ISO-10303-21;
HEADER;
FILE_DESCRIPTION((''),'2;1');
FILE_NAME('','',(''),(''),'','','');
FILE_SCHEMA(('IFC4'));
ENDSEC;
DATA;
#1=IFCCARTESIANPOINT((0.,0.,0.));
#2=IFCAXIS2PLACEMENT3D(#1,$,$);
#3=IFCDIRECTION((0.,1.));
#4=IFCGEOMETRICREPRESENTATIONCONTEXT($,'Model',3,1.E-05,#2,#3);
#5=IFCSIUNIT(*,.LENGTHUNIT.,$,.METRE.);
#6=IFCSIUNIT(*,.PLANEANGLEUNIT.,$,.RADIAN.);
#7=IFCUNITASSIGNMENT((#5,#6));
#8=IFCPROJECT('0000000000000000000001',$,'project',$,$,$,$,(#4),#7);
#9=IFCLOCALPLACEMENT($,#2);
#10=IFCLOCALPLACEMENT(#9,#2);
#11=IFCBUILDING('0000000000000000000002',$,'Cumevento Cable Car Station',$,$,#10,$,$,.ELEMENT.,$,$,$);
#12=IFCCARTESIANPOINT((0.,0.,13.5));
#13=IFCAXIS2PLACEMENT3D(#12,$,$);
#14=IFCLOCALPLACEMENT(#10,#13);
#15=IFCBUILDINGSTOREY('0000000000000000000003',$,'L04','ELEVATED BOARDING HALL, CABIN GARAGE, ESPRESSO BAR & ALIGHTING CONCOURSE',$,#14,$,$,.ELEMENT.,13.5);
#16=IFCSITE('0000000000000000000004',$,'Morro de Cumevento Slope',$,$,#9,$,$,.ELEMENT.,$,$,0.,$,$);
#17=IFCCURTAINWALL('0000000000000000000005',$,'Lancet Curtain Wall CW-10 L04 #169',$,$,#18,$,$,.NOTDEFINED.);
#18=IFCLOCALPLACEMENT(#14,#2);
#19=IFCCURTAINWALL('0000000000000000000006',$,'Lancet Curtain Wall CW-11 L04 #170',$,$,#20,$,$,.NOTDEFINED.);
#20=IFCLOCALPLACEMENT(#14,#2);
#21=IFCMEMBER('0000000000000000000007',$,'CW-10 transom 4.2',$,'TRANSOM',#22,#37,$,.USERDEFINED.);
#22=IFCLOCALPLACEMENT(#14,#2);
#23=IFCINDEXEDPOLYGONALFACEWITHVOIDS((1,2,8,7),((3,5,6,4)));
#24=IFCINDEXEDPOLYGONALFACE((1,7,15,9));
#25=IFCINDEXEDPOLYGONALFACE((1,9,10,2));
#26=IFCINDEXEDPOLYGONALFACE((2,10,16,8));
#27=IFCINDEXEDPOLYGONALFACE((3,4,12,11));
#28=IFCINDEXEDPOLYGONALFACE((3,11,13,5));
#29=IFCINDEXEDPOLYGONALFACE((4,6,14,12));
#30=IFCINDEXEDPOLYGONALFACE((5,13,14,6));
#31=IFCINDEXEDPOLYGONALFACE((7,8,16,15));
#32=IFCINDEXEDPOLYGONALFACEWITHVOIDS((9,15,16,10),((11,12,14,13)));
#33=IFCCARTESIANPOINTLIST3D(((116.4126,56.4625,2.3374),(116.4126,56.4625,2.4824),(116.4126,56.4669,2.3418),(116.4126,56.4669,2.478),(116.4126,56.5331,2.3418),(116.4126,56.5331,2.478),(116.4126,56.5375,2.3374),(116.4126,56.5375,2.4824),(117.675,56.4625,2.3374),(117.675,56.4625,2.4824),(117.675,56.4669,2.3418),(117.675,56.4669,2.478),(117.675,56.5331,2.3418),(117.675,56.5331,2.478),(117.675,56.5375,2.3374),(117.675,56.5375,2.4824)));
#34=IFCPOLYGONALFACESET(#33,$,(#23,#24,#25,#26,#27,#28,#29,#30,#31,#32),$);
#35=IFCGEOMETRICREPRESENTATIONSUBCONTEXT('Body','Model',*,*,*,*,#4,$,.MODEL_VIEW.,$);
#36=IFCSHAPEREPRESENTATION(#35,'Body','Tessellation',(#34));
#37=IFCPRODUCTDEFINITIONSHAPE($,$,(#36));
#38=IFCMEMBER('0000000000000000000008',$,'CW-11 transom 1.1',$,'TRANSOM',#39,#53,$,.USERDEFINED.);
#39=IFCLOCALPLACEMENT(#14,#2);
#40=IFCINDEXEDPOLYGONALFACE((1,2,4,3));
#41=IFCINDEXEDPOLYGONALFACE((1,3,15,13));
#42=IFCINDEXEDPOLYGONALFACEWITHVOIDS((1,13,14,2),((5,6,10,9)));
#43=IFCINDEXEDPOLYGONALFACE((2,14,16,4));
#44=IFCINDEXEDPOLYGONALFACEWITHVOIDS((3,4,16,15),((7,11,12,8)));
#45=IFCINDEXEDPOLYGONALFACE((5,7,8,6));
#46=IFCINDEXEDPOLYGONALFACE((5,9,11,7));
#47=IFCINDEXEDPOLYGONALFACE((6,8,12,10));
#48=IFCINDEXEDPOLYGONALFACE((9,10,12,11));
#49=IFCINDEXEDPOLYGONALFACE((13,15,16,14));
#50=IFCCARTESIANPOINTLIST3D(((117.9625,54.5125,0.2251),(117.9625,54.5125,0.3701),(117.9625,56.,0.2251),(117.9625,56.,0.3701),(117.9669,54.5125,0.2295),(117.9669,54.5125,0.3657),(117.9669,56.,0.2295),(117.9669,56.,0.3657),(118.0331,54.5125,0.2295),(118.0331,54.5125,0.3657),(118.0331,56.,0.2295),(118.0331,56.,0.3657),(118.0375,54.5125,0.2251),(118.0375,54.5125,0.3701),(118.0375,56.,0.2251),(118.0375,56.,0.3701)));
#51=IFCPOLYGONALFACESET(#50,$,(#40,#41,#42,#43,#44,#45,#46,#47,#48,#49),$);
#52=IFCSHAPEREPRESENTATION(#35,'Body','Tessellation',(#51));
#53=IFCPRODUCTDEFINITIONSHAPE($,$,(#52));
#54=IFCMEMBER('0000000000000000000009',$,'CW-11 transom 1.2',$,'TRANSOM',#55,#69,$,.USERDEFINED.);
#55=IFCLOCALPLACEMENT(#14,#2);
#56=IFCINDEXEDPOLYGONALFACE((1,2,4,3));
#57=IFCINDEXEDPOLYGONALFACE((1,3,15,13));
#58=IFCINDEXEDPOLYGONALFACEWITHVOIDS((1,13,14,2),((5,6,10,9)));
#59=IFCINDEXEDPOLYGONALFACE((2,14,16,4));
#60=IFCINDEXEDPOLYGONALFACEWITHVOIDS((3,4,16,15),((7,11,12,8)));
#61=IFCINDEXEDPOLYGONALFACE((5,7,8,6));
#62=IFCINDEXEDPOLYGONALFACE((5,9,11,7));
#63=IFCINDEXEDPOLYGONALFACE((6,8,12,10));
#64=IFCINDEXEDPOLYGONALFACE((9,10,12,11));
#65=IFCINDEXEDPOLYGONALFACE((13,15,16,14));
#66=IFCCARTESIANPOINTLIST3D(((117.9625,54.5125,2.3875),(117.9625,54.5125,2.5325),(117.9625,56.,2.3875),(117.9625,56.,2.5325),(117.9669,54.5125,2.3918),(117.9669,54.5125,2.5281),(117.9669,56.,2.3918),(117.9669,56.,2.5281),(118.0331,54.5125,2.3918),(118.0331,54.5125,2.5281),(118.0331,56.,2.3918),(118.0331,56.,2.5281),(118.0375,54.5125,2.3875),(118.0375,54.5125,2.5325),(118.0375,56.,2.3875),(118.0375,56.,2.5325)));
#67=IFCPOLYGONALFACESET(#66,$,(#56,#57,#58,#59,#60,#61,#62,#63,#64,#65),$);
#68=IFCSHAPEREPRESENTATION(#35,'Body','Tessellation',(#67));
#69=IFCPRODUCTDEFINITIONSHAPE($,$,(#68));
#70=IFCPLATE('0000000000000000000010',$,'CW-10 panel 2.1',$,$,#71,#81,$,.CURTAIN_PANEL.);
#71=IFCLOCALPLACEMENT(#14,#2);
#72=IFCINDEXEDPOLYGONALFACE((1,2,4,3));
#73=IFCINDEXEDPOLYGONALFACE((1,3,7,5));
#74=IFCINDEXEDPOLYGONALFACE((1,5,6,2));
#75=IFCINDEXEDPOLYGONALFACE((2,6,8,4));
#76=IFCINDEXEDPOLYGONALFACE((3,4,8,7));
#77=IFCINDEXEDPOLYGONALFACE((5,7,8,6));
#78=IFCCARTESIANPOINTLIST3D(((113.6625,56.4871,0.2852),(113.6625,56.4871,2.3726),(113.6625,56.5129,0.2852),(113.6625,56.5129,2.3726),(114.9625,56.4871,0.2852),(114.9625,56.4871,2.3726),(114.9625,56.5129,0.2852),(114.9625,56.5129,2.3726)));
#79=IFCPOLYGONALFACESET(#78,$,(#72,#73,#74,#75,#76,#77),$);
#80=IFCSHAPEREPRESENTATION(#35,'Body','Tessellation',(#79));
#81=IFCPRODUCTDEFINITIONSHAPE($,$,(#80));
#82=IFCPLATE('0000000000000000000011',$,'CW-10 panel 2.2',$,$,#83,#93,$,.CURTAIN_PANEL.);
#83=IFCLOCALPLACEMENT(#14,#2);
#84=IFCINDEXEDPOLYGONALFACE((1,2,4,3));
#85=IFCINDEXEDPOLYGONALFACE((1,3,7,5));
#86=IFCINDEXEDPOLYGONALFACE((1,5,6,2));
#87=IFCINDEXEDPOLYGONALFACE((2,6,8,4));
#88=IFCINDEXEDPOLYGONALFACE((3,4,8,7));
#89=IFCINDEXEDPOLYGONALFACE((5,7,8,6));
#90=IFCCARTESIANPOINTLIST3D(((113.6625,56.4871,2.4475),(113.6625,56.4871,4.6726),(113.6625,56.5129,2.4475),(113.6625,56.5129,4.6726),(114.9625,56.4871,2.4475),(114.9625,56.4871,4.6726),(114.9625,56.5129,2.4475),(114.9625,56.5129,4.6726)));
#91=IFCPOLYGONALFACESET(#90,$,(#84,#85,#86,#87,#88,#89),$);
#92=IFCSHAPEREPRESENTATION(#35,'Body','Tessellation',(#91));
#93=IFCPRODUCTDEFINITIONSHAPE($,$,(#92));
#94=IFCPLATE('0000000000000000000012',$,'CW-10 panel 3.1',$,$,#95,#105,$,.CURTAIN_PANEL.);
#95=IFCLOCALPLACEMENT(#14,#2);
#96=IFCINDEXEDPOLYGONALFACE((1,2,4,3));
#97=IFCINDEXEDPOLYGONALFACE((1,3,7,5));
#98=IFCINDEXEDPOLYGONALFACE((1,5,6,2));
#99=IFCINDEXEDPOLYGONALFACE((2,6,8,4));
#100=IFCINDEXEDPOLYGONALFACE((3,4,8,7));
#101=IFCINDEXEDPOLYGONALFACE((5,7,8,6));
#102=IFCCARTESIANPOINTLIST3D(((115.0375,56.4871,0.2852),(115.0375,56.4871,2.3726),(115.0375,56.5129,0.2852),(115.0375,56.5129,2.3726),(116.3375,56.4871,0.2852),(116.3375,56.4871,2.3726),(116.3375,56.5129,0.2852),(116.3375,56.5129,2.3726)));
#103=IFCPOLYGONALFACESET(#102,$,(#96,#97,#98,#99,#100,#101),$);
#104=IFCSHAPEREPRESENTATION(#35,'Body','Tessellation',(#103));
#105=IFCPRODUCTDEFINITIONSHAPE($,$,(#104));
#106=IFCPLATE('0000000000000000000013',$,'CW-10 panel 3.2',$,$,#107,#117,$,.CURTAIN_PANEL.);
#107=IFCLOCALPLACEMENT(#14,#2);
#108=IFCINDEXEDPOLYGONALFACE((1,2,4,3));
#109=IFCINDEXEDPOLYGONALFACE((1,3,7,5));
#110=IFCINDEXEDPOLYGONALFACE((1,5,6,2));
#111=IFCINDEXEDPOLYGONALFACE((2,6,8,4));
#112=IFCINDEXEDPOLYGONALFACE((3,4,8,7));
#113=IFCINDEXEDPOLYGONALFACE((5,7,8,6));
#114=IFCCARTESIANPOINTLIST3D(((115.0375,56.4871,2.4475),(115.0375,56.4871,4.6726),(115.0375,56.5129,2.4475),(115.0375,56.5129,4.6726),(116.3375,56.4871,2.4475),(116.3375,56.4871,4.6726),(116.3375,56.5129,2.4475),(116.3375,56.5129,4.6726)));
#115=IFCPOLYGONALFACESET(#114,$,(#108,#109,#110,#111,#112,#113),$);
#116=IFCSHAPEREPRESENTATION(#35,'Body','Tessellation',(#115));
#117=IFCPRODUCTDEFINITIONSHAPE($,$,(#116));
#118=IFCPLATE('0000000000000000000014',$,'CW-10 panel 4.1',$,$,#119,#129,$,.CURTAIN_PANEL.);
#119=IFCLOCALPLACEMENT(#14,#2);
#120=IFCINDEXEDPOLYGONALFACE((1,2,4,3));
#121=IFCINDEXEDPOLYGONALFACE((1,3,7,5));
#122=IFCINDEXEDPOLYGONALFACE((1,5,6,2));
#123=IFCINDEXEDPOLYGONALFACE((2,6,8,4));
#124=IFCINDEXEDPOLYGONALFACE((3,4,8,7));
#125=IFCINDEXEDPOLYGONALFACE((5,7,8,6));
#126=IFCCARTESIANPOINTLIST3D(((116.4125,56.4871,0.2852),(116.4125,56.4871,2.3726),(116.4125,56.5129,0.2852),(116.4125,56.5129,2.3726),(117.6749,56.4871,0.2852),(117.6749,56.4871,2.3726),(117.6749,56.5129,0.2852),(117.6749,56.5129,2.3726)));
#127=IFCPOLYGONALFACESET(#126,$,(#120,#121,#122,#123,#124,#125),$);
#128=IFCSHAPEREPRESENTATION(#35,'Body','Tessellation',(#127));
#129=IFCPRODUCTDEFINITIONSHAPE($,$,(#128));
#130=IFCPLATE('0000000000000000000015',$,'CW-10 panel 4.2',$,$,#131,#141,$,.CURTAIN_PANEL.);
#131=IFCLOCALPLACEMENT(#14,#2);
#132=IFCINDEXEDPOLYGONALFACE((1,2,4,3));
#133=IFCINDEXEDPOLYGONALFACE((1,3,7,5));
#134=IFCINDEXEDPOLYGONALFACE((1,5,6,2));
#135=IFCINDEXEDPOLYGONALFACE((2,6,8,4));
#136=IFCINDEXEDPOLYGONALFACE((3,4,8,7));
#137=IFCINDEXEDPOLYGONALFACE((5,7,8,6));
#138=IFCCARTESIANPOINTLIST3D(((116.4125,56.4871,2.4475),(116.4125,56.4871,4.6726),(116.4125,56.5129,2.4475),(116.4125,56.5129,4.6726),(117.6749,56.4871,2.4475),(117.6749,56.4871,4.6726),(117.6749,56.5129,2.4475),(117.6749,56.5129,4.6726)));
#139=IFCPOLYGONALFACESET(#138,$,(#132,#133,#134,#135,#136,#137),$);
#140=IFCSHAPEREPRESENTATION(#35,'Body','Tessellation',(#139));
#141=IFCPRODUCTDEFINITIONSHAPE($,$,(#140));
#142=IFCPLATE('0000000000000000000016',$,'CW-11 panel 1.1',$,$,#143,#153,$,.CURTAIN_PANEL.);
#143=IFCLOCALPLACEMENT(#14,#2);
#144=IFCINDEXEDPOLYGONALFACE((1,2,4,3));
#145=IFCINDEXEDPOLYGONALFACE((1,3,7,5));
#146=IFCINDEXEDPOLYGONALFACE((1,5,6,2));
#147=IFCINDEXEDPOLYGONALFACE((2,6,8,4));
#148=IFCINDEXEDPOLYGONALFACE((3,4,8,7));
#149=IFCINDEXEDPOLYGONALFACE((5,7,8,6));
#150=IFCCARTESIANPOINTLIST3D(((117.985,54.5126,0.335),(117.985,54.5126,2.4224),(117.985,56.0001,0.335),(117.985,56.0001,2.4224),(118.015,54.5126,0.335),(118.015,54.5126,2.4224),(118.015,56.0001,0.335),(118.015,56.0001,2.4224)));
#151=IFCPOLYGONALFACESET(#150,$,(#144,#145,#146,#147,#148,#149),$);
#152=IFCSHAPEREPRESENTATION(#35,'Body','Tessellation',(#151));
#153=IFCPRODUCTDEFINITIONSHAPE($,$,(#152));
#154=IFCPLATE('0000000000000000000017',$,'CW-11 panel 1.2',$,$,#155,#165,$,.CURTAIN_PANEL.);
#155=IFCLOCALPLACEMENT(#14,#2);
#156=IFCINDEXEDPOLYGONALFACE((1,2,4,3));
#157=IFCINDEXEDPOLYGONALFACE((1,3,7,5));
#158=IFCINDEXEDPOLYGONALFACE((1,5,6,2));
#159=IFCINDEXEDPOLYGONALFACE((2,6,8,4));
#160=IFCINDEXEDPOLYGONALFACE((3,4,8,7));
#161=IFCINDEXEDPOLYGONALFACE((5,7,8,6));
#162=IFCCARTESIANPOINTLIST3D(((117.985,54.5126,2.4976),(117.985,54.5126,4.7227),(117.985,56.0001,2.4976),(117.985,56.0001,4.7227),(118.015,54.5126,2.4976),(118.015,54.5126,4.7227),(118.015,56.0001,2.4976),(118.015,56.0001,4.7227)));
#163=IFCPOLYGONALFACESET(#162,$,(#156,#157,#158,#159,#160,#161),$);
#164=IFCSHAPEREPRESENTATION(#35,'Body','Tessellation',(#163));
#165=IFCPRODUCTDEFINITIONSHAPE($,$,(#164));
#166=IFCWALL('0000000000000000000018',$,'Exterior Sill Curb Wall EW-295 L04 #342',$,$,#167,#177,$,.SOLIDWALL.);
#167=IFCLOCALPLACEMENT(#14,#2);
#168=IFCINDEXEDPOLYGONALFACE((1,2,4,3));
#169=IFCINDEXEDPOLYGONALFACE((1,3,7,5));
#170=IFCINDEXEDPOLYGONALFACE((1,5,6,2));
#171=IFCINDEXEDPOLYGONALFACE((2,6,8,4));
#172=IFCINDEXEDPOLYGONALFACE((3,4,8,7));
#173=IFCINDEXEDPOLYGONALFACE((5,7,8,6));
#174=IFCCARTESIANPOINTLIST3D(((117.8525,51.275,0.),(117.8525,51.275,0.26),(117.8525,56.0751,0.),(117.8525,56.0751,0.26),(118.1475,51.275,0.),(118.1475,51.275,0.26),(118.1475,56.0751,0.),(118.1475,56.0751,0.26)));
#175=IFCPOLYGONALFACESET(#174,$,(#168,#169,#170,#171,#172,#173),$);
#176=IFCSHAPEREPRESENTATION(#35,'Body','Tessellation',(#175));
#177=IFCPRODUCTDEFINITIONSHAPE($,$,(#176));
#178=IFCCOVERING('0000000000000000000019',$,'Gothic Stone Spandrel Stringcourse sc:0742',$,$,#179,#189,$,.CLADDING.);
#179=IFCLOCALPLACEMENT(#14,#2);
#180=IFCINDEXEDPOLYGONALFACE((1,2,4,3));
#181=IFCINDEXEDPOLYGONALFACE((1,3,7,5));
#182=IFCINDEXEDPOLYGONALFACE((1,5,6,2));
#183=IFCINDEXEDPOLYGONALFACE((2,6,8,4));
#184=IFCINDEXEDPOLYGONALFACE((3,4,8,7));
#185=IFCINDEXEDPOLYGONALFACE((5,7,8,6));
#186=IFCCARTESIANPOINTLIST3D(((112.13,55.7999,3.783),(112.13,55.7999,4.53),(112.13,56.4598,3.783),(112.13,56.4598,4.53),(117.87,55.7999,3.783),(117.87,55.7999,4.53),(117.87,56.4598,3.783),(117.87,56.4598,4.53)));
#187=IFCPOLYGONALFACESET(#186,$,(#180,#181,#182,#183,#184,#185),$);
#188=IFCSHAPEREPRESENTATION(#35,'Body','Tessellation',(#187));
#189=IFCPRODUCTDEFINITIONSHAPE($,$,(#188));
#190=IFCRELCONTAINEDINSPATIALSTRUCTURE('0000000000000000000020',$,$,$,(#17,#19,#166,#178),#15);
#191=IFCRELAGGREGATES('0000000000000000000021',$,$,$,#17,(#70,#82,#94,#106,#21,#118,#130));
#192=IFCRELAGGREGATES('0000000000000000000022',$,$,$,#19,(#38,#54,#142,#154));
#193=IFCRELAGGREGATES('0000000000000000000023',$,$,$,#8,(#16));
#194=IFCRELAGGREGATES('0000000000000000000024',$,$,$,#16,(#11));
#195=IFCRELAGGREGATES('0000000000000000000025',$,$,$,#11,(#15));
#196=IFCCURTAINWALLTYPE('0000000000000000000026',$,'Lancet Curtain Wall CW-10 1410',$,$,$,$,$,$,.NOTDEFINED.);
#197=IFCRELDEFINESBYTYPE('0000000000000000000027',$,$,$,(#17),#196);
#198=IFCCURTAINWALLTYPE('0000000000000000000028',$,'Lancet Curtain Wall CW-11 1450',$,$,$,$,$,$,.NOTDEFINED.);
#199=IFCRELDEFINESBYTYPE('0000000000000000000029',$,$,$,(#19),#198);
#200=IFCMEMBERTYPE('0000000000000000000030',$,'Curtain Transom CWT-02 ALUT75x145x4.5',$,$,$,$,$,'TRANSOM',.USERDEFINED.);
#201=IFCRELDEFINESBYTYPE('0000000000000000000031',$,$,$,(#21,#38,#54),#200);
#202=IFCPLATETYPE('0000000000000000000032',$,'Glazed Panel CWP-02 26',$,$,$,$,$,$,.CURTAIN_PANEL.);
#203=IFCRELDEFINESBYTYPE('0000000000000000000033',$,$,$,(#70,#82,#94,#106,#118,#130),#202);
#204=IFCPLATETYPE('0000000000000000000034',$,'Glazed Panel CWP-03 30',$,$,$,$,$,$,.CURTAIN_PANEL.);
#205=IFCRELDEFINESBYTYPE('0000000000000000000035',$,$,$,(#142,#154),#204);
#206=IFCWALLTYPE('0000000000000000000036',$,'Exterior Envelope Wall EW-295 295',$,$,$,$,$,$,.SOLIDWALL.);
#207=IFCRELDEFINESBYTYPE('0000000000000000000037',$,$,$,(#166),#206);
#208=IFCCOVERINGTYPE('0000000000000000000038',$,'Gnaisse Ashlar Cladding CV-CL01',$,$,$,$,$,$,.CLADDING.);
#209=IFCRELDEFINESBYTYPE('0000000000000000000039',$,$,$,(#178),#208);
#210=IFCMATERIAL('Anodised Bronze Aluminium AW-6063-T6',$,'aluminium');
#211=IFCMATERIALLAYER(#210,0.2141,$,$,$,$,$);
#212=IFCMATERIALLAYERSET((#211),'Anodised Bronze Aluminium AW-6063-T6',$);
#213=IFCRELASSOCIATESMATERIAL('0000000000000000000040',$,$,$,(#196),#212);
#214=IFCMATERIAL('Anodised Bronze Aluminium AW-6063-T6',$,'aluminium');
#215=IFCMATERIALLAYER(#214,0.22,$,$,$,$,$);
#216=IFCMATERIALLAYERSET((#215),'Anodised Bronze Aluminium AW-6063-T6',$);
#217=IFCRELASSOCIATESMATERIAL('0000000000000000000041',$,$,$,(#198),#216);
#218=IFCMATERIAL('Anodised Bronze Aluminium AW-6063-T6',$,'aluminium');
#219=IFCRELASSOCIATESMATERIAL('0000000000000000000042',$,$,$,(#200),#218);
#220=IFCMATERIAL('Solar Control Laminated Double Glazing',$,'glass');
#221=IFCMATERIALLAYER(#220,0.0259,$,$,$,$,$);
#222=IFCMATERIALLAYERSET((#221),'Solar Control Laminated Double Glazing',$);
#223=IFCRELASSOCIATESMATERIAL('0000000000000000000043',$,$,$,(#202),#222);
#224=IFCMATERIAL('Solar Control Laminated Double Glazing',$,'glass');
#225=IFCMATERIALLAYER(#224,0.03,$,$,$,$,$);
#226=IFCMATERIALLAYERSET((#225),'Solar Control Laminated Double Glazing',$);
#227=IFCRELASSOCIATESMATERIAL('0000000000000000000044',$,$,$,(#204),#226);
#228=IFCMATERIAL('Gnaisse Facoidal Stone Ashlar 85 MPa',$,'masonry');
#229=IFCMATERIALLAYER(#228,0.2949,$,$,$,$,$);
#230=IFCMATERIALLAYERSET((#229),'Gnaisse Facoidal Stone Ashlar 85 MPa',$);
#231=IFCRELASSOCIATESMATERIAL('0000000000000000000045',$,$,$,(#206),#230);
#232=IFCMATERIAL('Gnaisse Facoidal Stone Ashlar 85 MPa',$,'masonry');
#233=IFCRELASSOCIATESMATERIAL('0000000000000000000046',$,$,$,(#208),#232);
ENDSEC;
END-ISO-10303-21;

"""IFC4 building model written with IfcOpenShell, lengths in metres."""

from ifc_helpers import new_model, si_unit, direction, frame, frame_2d, origin, origin_2d, place, context, subcontext, project, spatial, rectangle, hollow_rectangle, extrude, material, layer, layer_set, material_profile, profile_set, type_object, element, aggregate, save


model = new_model("IFC4")

# Units and contexts
model_context = context("Model", 3, precision=1e-05, world=origin(), true_north=direction((0.0, 1.0)))
body_context = subcontext(model_context, "Body", "Model", "MODEL_VIEW")
ifc_project = project(units=[si_unit("LENGTHUNIT", "METRE"), si_unit("PLANEANGLEUNIT", "RADIAN")], contexts=[model_context])

# Site, building, storey
site_placement = place(None, origin())
site = spatial("IfcSite", under=ifc_project, at=site_placement, Name="Morro de Cumevento Slope", CompositionType="ELEMENT", RefElevation=0.0)
building_placement = place(site_placement, origin())
building = spatial("IfcBuilding", under=site, at=building_placement, Name="Cumevento Cable Car Station", CompositionType="ELEMENT")
storey_placement = place(building_placement, frame((0.0, 0.0, 13.5)))
storey = spatial("IfcBuildingStorey", under=building, at=storey_placement, Name="L04", Description="ELEVATED BOARDING HALL, CABIN GARAGE, ESPRESSO BAR & ALIGHTING CONCOURSE", CompositionType="ELEMENT", Elevation=13.5)

# Curtain walls
ifc_material_1 = material(Name="Anodised Bronze Aluminium AW-6063-T6", Category="aluminium")
ifc_layer_1 = layer(ifc_material_1, 0.2141)
ifc_layer_set_1 = layer_set([ifc_layer_1], Name="Anodised Bronze Aluminium AW-6063-T6")
curtain_wall_type_1 = type_object("IfcCurtainWallType", Name="Lancet Curtain Wall CW-10 1410", PredefinedType="NOTDEFINED", material=ifc_layer_set_1)
curtain_wall_1_placement = place(storey_placement, origin())
curtain_wall_1 = element("IfcCurtainWall", 1, at=curtain_wall_1_placement, inside=storey, type_object=curtain_wall_type_1, Name="Lancet Curtain Wall CW-10 L04 #169", PredefinedType="NOTDEFINED")
ifc_material_2 = material(Name="Anodised Bronze Aluminium AW-6063-T6", Category="aluminium")
ifc_layer_2 = layer(ifc_material_2, 0.22)
ifc_layer_set_2 = layer_set([ifc_layer_2], Name="Anodised Bronze Aluminium AW-6063-T6")
curtain_wall_type_2 = type_object("IfcCurtainWallType", Name="Lancet Curtain Wall CW-11 1450", PredefinedType="NOTDEFINED", material=ifc_layer_set_2)
curtain_wall_2_placement = place(storey_placement, origin())
curtain_wall_2 = element("IfcCurtainWall", 2, at=curtain_wall_2_placement, inside=storey, type_object=curtain_wall_type_2, Name="Lancet Curtain Wall CW-11 L04 #170", PredefinedType="NOTDEFINED")

# Members
ifc_material_3 = material(Name="Anodised Bronze Aluminium AW-6063-T6", Category="aluminium")
ifc_material_profile_1 = material_profile(ifc_material_3, hollow_rectangle(XDim=0.075, YDim=0.145, WallThickness=0.0044, at=origin_2d()), Name="ALUT75x145x4.5")
ifc_profile_set_1 = profile_set([ifc_material_profile_1], Name="Anodised Bronze Aluminium AW-6063-T6")
member_type_1 = type_object("IfcMemberType", Name="Curtain Transom CWT-02 ALUT75x145x4.5", ElementType="TRANSOM", PredefinedType="USERDEFINED", material=ifc_profile_set_1)
member_1_placement = place(storey_placement, frame((116.4126, 56.5, 2.4099), z_axis=(1.0, 0.0, 0.0), x_axis=(0.0, 1.0, 0.0)))
member_1 = element("IfcMember", 3, at=member_1_placement, type_object=member_type_1, Name="CW-10 transom 4.2", ObjectType="TRANSOM", PredefinedType="USERDEFINED", context=body_context, shape_type="SweptSolid", body=[
    extrude(hollow_rectangle(XDim=0.075, YDim=0.145, WallThickness=0.0044, at=origin_2d()), origin(), (0.0, 0.0, 1.0), 1.2625),
])
member_2_placement = place(storey_placement, frame((118.0, 56.0, 0.2976), z_axis=(0.0, -1.0, 0.0), x_axis=(1.0, 0.0, 0.0)))
member_2 = element("IfcMember", 4, at=member_2_placement, type_object=member_type_1, Name="CW-11 transom 1.1", ObjectType="TRANSOM", PredefinedType="USERDEFINED", context=body_context, shape_type="SweptSolid", body=[
    extrude(hollow_rectangle(XDim=0.075, YDim=0.145, WallThickness=0.0044, at=origin_2d()), origin(), (0.0, 0.0, 1.0), 1.4875),
])
member_3_placement = place(storey_placement, frame((118.0, 56.0, 2.46), z_axis=(0.0, -1.0, 0.0), x_axis=(1.0, 0.0, 0.0)))
member_3 = element("IfcMember", 5, at=member_3_placement, type_object=member_type_1, Name="CW-11 transom 1.2", ObjectType="TRANSOM", PredefinedType="USERDEFINED", context=body_context, shape_type="SweptSolid", body=[
    extrude(hollow_rectangle(XDim=0.075, YDim=0.145, WallThickness=0.0044, at=origin_2d()), origin(), (0.0, 0.0, 1.0), 1.4875),
])

# Plates
ifc_material_4 = material(Name="Solar Control Laminated Double Glazing", Category="glass")
ifc_layer_3 = layer(ifc_material_4, 0.0259)
ifc_layer_set_3 = layer_set([ifc_layer_3], Name="Solar Control Laminated Double Glazing")
plate_type_1 = type_object("IfcPlateType", Name="Glazed Panel CWP-02 26", PredefinedType="CURTAIN_PANEL", material=ifc_layer_set_3)
plate_1_placement = place(storey_placement, frame((114.3125, 56.5, 0.2852), z_axis=(0.0, 0.0, 1.0), x_axis=(1.0, 0.0, 0.0)))
plate_1 = element("IfcPlate", 6, at=plate_1_placement, type_object=plate_type_1, Name="CW-10 panel 2.1", PredefinedType="CURTAIN_PANEL", context=body_context, shape_type="SweptSolid", body=[
    extrude(rectangle(XDim=1.3, YDim=0.0259, at=origin_2d()), origin(), (0.0, 0.0, 1.0), 2.0874),
])
plate_2_placement = place(storey_placement, frame((114.3125, 56.5, 2.4475), z_axis=(0.0, 0.0, 1.0), x_axis=(1.0, 0.0, 0.0)))
plate_2 = element("IfcPlate", 7, at=plate_2_placement, type_object=plate_type_1, Name="CW-10 panel 2.2", PredefinedType="CURTAIN_PANEL", context=body_context, shape_type="SweptSolid", body=[
    extrude(rectangle(XDim=1.3, YDim=0.0259, at=origin_2d()), origin(), (0.0, 0.0, 1.0), 2.2251),
])
plate_3_placement = place(storey_placement, frame((115.6875, 56.5, 0.2852), z_axis=(0.0, 0.0, 1.0), x_axis=(1.0, 0.0, 0.0)))
plate_3 = element("IfcPlate", 8, at=plate_3_placement, type_object=plate_type_1, Name="CW-10 panel 3.1", PredefinedType="CURTAIN_PANEL", context=body_context, shape_type="SweptSolid", body=[
    extrude(rectangle(XDim=1.3, YDim=0.0259, at=origin_2d()), origin(), (0.0, 0.0, 1.0), 2.0874),
])
plate_4_placement = place(storey_placement, frame((115.6875, 56.5, 2.4475), z_axis=(0.0, 0.0, 1.0), x_axis=(1.0, 0.0, 0.0)))
plate_4 = element("IfcPlate", 9, at=plate_4_placement, type_object=plate_type_1, Name="CW-10 panel 3.2", PredefinedType="CURTAIN_PANEL", context=body_context, shape_type="SweptSolid", body=[
    extrude(rectangle(XDim=1.3, YDim=0.0259, at=origin_2d()), origin(), (0.0, 0.0, 1.0), 2.2251),
])
plate_5_placement = place(storey_placement, frame((117.0437, 56.5, 0.2852), z_axis=(0.0, 0.0, 1.0), x_axis=(1.0, 0.0, 0.0)))
plate_5 = element("IfcPlate", 10, at=plate_5_placement, type_object=plate_type_1, Name="CW-10 panel 4.1", PredefinedType="CURTAIN_PANEL", context=body_context, shape_type="SweptSolid", body=[
    extrude(rectangle(XDim=1.2625, YDim=0.0259, at=origin_2d()), origin(), (0.0, 0.0, 1.0), 2.0874),
])
plate_6_placement = place(storey_placement, frame((117.0437, 56.5, 2.4475), z_axis=(0.0, 0.0, 1.0), x_axis=(1.0, 0.0, 0.0)))
plate_6 = element("IfcPlate", 11, at=plate_6_placement, type_object=plate_type_1, Name="CW-10 panel 4.2", PredefinedType="CURTAIN_PANEL", context=body_context, shape_type="SweptSolid", body=[
    extrude(rectangle(XDim=1.2625, YDim=0.0259, at=origin_2d()), origin(), (0.0, 0.0, 1.0), 2.2251),
])
aggregate(curtain_wall_1, [plate_1, plate_2, plate_3, plate_4, member_1, plate_5, plate_6])
ifc_material_5 = material(Name="Solar Control Laminated Double Glazing", Category="glass")
ifc_layer_4 = layer(ifc_material_5, 0.03)
ifc_layer_set_4 = layer_set([ifc_layer_4], Name="Solar Control Laminated Double Glazing")
plate_type_2 = type_object("IfcPlateType", Name="Glazed Panel CWP-03 30", PredefinedType="CURTAIN_PANEL", material=ifc_layer_set_4)
plate_7_placement = place(storey_placement, frame((118.0, 55.2563, 0.335), z_axis=(0.0, 0.0, 1.0), x_axis=(0.0, -1.0, 0.0)))
plate_7 = element("IfcPlate", 12, at=plate_7_placement, type_object=plate_type_2, Name="CW-11 panel 1.1", PredefinedType="CURTAIN_PANEL", context=body_context, shape_type="SweptSolid", body=[
    extrude(rectangle(XDim=1.4875, YDim=0.03, at=origin_2d()), origin(), (0.0, 0.0, 1.0), 2.0874),
])
plate_8_placement = place(storey_placement, frame((118.0, 55.2563, 2.4976), z_axis=(0.0, 0.0, 1.0), x_axis=(0.0, -1.0, 0.0)))
plate_8 = element("IfcPlate", 13, at=plate_8_placement, type_object=plate_type_2, Name="CW-11 panel 1.2", PredefinedType="CURTAIN_PANEL", context=body_context, shape_type="SweptSolid", body=[
    extrude(rectangle(XDim=1.4875, YDim=0.03, at=origin_2d()), origin(), (0.0, 0.0, 1.0), 2.2251),
])
aggregate(curtain_wall_2, [member_2, member_3, plate_7, plate_8])

# Wall
ifc_material_6 = material(Name="Gnaisse Facoidal Stone Ashlar 85 MPa", Category="masonry")
ifc_layer_5 = layer(ifc_material_6, 0.2949)
ifc_layer_set_5 = layer_set([ifc_layer_5], Name="Gnaisse Facoidal Stone Ashlar 85 MPa")
wall_type = type_object("IfcWallType", Name="Exterior Envelope Wall EW-295 295", PredefinedType="SOLIDWALL", material=ifc_layer_set_5)
wall_placement = place(storey_placement, frame((118.0, 56.075, 0.0), z_axis=(0.0, 0.0, 1.0), x_axis=(0.0, -1.0, 0.0)))
element("IfcWall", 14, at=wall_placement, inside=storey, type_object=wall_type, Name="Exterior Sill Curb Wall EW-295 L04 #342", PredefinedType="SOLIDWALL", context=body_context, shape_type="SweptSolid", body=[
    extrude(rectangle(XDim=4.8, YDim=0.2949, at=frame_2d((2.3999, 0.0))), origin(), (0.0, 0.0, 1.0), 0.26),
])

# Covering
ifc_material_7 = material(Name="Gnaisse Facoidal Stone Ashlar 85 MPa", Category="masonry")
covering_type = type_object("IfcCoveringType", Name="Gnaisse Ashlar Cladding CV-CL01", PredefinedType="CLADDING", material=ifc_material_7)
covering_1_placement = place(storey_placement, frame((115.0, 56.1299, 3.783), z_axis=(0.0, 0.0, 1.0), x_axis=(1.0, 0.0, 0.0)))
element("IfcCovering", 15, at=covering_1_placement, inside=storey, type_object=covering_type, Name="Gothic Stone Spandrel Stringcourse sc:0742", PredefinedType="CLADDING", context=body_context, shape_type="SweptSolid", body=[
    extrude(rectangle(XDim=5.74, YDim=0.6599, at=origin_2d()), origin(), (0.0, 0.0, 1.0), 0.7471),
])

save(model, "model.ifc")
